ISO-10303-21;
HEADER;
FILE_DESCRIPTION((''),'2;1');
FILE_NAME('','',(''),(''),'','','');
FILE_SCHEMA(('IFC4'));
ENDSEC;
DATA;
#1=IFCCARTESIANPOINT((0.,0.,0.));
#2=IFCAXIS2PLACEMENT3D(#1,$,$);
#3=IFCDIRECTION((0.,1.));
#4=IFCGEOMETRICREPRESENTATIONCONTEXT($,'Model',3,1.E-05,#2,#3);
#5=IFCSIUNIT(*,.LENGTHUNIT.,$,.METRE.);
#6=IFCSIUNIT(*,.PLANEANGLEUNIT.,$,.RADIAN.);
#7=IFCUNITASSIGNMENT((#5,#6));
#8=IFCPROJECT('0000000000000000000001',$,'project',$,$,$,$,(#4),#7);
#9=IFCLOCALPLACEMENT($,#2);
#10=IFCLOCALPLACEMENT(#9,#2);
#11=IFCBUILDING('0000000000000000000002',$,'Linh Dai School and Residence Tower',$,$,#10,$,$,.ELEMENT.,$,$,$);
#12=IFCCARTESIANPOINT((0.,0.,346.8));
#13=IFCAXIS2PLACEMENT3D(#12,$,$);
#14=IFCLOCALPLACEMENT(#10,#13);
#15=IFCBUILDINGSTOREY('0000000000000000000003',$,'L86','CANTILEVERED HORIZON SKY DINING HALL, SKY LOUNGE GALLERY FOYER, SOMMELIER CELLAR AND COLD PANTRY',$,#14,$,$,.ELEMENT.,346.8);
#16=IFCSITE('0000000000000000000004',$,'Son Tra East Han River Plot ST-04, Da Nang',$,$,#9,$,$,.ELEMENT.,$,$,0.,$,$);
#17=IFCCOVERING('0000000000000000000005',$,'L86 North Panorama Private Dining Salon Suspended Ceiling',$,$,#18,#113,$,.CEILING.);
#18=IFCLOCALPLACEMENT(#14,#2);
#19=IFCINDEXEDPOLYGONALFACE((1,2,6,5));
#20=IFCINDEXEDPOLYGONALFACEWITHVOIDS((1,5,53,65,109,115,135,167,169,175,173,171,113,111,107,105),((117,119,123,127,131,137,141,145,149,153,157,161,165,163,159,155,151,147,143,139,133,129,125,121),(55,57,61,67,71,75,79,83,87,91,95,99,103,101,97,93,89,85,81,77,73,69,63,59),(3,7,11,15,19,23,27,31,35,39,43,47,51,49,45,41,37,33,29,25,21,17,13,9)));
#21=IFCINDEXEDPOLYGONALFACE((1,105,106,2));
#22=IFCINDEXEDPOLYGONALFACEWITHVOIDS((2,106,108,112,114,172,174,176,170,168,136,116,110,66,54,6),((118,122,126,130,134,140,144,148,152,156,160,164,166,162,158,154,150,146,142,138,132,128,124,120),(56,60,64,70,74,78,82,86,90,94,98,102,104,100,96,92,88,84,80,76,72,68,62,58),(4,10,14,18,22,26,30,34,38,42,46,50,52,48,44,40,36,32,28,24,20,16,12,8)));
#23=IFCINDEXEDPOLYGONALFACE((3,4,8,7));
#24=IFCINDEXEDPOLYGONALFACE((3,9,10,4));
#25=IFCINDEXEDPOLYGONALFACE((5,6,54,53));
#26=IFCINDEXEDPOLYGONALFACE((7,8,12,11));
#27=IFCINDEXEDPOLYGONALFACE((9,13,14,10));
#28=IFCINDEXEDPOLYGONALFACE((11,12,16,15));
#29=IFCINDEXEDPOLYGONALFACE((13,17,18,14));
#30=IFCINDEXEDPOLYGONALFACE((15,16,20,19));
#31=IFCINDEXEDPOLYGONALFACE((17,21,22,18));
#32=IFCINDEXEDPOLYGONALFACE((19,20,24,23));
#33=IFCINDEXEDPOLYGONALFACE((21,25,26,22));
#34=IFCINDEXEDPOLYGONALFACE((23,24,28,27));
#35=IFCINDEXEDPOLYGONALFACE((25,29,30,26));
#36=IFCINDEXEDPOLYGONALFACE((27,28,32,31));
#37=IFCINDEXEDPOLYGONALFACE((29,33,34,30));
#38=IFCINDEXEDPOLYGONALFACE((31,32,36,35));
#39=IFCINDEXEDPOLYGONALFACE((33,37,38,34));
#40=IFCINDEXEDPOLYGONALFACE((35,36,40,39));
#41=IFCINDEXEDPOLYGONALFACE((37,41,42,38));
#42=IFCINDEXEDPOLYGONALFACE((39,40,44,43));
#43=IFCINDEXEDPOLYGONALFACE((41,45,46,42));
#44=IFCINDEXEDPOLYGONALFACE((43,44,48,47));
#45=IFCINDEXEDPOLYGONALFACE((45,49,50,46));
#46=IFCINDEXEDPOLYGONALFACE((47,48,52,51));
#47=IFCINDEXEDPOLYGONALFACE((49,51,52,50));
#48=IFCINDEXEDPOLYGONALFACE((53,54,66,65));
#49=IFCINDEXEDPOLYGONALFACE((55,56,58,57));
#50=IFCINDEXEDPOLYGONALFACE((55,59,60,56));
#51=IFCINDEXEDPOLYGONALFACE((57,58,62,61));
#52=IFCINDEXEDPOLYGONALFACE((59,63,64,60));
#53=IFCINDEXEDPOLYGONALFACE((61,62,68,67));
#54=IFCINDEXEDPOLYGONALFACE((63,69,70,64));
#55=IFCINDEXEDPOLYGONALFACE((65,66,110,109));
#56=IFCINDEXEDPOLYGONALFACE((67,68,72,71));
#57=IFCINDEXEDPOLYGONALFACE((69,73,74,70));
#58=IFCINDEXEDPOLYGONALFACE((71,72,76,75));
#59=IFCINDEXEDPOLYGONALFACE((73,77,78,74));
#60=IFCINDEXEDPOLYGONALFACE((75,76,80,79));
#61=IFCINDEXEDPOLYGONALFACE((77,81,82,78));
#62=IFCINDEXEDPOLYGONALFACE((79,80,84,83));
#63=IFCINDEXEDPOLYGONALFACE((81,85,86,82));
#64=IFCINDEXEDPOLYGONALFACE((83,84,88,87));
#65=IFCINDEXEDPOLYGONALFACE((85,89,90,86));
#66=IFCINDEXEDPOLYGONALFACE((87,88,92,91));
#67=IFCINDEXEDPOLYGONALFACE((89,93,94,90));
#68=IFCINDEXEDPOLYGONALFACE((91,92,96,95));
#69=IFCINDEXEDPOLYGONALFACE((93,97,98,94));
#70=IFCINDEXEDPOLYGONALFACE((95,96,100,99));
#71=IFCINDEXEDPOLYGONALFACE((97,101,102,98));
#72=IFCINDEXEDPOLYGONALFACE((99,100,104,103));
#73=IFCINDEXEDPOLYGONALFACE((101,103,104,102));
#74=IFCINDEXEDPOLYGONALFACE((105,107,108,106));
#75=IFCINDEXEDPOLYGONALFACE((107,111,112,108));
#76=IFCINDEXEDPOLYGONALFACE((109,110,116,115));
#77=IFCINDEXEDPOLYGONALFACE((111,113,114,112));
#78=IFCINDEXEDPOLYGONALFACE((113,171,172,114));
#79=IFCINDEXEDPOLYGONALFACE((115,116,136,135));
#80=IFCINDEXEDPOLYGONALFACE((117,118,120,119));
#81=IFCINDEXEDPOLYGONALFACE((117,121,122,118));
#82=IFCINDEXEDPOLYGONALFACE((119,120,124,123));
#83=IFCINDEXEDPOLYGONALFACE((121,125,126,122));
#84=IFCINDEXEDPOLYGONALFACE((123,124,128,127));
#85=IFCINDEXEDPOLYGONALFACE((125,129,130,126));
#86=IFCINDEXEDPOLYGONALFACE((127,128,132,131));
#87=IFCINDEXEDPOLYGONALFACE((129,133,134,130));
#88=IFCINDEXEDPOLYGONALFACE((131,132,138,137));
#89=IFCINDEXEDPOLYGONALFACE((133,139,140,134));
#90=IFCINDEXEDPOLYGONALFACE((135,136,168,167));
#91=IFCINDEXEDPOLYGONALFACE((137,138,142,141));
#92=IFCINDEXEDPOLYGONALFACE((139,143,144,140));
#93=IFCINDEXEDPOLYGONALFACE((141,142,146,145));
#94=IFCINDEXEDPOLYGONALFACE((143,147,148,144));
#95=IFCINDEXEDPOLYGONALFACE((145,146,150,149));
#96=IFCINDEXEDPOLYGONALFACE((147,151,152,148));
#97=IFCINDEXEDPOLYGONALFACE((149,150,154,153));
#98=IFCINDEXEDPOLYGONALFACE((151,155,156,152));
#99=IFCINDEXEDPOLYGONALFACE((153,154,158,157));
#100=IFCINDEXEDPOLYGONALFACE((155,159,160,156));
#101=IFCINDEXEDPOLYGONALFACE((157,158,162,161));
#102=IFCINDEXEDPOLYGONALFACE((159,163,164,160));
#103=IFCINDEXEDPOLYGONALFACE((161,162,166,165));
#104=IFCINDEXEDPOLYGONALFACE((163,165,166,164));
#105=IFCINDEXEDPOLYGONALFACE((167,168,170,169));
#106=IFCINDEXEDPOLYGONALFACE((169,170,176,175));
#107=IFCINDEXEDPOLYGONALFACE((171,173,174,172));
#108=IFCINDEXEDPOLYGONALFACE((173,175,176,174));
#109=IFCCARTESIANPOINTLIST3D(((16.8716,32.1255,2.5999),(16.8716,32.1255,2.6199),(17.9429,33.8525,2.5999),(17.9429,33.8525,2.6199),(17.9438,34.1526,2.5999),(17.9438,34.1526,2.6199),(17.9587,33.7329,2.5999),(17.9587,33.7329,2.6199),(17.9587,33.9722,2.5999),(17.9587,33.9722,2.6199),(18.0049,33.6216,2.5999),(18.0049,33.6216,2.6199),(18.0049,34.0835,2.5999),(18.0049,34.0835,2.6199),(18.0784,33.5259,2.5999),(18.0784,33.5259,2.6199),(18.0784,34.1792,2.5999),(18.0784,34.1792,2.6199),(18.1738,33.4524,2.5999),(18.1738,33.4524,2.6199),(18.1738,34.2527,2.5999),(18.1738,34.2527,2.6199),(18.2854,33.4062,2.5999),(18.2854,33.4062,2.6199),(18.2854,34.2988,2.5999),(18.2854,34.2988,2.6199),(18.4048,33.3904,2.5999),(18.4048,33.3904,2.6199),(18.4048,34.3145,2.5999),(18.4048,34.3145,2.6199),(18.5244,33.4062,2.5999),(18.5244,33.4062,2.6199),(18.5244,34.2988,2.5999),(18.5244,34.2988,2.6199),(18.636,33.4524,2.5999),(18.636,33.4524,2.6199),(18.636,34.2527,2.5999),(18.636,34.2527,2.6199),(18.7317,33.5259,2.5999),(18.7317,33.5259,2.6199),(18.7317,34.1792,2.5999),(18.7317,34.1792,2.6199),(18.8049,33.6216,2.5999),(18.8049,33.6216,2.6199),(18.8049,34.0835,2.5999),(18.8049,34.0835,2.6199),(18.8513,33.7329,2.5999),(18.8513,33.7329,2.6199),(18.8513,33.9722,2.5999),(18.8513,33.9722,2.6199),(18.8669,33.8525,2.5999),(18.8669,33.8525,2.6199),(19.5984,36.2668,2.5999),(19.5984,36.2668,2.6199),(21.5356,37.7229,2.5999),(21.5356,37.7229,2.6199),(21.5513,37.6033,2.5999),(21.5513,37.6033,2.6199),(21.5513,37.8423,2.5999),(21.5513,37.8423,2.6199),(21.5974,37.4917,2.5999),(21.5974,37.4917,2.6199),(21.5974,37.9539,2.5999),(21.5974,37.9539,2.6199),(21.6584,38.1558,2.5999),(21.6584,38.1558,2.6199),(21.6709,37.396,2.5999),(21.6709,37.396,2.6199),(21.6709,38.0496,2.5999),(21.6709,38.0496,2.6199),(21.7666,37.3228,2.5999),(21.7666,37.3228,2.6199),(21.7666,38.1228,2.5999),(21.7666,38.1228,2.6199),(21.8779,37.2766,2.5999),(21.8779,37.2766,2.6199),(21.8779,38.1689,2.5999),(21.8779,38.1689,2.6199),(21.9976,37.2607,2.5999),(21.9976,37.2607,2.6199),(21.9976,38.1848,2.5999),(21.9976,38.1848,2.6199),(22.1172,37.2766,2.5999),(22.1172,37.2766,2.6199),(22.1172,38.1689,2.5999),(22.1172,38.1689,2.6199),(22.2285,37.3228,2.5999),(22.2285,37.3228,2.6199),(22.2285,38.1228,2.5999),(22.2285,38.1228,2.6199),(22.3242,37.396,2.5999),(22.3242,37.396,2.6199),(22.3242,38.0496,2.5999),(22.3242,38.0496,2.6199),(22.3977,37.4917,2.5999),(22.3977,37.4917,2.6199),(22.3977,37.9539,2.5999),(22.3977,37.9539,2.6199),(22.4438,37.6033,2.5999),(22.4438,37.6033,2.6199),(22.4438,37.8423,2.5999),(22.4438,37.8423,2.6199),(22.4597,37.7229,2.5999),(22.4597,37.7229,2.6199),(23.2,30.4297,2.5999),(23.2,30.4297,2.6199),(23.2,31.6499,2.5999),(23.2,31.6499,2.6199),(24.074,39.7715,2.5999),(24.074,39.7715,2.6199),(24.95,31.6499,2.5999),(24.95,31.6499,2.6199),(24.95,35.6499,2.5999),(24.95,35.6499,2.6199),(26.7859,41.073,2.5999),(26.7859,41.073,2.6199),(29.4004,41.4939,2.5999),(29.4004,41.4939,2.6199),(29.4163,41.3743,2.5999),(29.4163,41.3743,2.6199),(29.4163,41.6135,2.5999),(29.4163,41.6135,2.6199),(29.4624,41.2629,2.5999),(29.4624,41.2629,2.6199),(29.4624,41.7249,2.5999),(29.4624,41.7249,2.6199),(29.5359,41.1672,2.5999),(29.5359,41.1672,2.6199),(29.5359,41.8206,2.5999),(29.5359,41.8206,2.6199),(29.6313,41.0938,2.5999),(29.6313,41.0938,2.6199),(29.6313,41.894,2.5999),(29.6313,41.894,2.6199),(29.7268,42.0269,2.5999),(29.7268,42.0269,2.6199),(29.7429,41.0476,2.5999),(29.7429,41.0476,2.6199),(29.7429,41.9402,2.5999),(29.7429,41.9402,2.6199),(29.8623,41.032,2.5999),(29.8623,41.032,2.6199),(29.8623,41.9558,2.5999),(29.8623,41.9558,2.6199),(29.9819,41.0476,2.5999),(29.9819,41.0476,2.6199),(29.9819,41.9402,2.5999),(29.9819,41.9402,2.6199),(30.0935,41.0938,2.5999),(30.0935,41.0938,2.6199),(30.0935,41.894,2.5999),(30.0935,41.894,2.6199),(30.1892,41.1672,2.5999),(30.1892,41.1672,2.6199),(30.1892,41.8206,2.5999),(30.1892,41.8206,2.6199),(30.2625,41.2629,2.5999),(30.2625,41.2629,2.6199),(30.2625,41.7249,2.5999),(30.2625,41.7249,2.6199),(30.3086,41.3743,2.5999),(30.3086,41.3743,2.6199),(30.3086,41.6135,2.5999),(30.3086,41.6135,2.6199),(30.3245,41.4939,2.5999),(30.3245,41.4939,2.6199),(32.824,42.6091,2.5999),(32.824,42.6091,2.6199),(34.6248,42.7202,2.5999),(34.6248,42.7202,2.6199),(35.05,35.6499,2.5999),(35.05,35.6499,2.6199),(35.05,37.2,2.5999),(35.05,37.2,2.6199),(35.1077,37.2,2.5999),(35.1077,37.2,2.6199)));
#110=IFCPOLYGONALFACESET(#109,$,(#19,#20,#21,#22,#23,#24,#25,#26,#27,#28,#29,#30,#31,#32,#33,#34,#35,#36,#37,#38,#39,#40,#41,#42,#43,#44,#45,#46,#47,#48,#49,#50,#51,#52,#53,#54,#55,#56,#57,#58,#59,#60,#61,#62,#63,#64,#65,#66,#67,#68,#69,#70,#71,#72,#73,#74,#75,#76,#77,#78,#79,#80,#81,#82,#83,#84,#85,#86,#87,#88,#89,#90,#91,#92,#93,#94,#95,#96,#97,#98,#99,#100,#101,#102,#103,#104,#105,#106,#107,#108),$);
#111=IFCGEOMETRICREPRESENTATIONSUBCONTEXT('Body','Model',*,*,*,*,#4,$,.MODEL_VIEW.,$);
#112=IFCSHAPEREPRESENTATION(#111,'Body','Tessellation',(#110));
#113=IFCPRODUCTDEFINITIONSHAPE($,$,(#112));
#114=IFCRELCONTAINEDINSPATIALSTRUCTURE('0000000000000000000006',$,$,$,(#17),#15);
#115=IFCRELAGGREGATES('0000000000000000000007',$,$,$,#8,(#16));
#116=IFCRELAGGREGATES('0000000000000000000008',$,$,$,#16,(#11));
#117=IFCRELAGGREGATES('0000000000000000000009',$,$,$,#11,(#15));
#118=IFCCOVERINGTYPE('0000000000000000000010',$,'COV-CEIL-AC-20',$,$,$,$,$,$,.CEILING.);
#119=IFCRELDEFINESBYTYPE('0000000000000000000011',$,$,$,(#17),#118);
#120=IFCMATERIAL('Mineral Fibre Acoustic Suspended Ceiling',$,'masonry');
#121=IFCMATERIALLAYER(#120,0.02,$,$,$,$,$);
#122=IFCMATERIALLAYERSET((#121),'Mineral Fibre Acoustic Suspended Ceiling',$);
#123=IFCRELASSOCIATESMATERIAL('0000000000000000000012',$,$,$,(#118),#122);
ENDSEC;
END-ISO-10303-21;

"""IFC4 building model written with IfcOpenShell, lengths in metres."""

from ifc_helpers import new_model, si_unit, direction, frame, origin, place, context, subcontext, project, spatial, polyline, outline, extrude, material, layer, layer_set, type_object, element, save


model = new_model("IFC4")

# Units and contexts
model_context = context("Model", 3, precision=1e-05, world=origin(), true_north=direction((0.0, 1.0)))
body_context = subcontext(model_context, "Body", "Model", "MODEL_VIEW")
ifc_project = project(units=[si_unit("LENGTHUNIT", "METRE"), si_unit("PLANEANGLEUNIT", "RADIAN")], contexts=[model_context])

# Site, building, storey
site_placement = place(None, origin())
site = spatial("IfcSite", under=ifc_project, at=site_placement, Name="Son Tra East Han River Plot ST-04, Da Nang", CompositionType="ELEMENT", RefElevation=0.0)
building_placement = place(site_placement, origin())
building = spatial("IfcBuilding", under=site, at=building_placement, Name="Linh Dai School and Residence Tower", CompositionType="ELEMENT")
storey_placement = place(building_placement, frame((0.0, 0.0, 346.8)))
storey = spatial("IfcBuildingStorey", under=building, at=storey_placement, Name="L86", Description="CANTILEVERED HORIZON SKY DINING HALL, SKY LOUNGE GALLERY FOYER, SOMMELIER CELLAR AND COLD PANTRY", CompositionType="ELEMENT", Elevation=346.8)

# Covering
ifc_material_1 = material(Name="Mineral Fibre Acoustic Suspended Ceiling", Category="masonry")
ifc_layer_1 = layer(ifc_material_1, 0.02)
ifc_layer_set_1 = layer_set([ifc_layer_1], Name="Mineral Fibre Acoustic Suspended Ceiling")
covering_type_1 = type_object("IfcCoveringType", Name="COV-CEIL-AC-20", PredefinedType="CEILING", material=ifc_layer_set_1)
covering_1_placement = place(storey_placement, frame((0.0, 0.0, 2.5999)))
element("IfcCovering", 1, at=covering_1_placement, inside=storey, type_object=covering_type_1, Name="L86 North Panorama Private Dining Salon Suspended Ceiling", PredefinedType="CEILING", context=body_context, shape_type="SweptSolid", body=[
    extrude(outline(polyline([(19.5984, 36.2668), (21.6584, 38.1558), (24.074, 39.7715), (26.7859, 41.073), (29.7268, 42.0269), (32.824, 42.6091), (34.6248, 42.7202), (35.1077, 37.2), (35.05, 37.2), (35.05, 35.6499), (24.95, 35.6499), (24.95, 31.6499), (23.2, 31.6499), (23.2, 30.4297), (16.8716, 32.1255), (17.9438, 34.1526), (19.5984, 36.2668)]), holes=[polyline([(30.2625, 41.2629), (30.3086, 41.3743), (30.3245, 41.4939), (30.3086, 41.6135), (30.2625, 41.7249), (30.1892, 41.8206), (30.0935, 41.894), (29.9819, 41.9402), (29.8623, 41.9558), (29.7429, 41.9402), (29.6313, 41.894), (29.5359, 41.8206), (29.4624, 41.7249), (29.4163, 41.6135), (29.4004, 41.4939), (29.4163, 41.3743), (29.4624, 41.2629), (29.5359, 41.1672), (29.6313, 41.0938), (29.7429, 41.0476), (29.8623, 41.032), (29.9819, 41.0476), (30.0935, 41.0938), (30.1892, 41.1672), (30.2625, 41.2629)]), polyline([(22.3977, 37.4917), (22.4438, 37.6033), (22.4597, 37.7229), (22.4438, 37.8423), (22.3977, 37.9539), (22.3242, 38.0496), (22.2285, 38.1228), (22.1172, 38.1689), (21.9976, 38.1848), (21.8779, 38.1689), (21.7666, 38.1228), (21.6709, 38.0496), (21.5974, 37.9539), (21.5513, 37.8423), (21.5356, 37.7229), (21.5513, 37.6033), (21.5974, 37.4917), (21.6709, 37.396), (21.7666, 37.3228), (21.8779, 37.2766), (21.9976, 37.2607), (22.1172, 37.2766), (22.2285, 37.3228), (22.3242, 37.396), (22.3977, 37.4917)]), polyline([(18.8513, 33.7329), (18.8669, 33.8525), (18.8513, 33.9722), (18.8049, 34.0835), (18.7317, 34.1792), (18.636, 34.2527), (18.5244, 34.2988), (18.4048, 34.3145), (18.2854, 34.2988), (18.1738, 34.2527), (18.0784, 34.1792), (18.0049, 34.0835), (17.9587, 33.9722), (17.9429, 33.8525), (17.9587, 33.7329), (18.0049, 33.6216), (18.0784, 33.5259), (18.1738, 33.4524), (18.2854, 33.4062), (18.4048, 33.3904), (18.5244, 33.4062), (18.636, 33.4524), (18.7317, 33.5259), (18.8049, 33.6216), (18.8513, 33.7329)])]), origin(), (0.0, 0.0, 1.0), 0.02),
])

save(model, "model.ifc")
